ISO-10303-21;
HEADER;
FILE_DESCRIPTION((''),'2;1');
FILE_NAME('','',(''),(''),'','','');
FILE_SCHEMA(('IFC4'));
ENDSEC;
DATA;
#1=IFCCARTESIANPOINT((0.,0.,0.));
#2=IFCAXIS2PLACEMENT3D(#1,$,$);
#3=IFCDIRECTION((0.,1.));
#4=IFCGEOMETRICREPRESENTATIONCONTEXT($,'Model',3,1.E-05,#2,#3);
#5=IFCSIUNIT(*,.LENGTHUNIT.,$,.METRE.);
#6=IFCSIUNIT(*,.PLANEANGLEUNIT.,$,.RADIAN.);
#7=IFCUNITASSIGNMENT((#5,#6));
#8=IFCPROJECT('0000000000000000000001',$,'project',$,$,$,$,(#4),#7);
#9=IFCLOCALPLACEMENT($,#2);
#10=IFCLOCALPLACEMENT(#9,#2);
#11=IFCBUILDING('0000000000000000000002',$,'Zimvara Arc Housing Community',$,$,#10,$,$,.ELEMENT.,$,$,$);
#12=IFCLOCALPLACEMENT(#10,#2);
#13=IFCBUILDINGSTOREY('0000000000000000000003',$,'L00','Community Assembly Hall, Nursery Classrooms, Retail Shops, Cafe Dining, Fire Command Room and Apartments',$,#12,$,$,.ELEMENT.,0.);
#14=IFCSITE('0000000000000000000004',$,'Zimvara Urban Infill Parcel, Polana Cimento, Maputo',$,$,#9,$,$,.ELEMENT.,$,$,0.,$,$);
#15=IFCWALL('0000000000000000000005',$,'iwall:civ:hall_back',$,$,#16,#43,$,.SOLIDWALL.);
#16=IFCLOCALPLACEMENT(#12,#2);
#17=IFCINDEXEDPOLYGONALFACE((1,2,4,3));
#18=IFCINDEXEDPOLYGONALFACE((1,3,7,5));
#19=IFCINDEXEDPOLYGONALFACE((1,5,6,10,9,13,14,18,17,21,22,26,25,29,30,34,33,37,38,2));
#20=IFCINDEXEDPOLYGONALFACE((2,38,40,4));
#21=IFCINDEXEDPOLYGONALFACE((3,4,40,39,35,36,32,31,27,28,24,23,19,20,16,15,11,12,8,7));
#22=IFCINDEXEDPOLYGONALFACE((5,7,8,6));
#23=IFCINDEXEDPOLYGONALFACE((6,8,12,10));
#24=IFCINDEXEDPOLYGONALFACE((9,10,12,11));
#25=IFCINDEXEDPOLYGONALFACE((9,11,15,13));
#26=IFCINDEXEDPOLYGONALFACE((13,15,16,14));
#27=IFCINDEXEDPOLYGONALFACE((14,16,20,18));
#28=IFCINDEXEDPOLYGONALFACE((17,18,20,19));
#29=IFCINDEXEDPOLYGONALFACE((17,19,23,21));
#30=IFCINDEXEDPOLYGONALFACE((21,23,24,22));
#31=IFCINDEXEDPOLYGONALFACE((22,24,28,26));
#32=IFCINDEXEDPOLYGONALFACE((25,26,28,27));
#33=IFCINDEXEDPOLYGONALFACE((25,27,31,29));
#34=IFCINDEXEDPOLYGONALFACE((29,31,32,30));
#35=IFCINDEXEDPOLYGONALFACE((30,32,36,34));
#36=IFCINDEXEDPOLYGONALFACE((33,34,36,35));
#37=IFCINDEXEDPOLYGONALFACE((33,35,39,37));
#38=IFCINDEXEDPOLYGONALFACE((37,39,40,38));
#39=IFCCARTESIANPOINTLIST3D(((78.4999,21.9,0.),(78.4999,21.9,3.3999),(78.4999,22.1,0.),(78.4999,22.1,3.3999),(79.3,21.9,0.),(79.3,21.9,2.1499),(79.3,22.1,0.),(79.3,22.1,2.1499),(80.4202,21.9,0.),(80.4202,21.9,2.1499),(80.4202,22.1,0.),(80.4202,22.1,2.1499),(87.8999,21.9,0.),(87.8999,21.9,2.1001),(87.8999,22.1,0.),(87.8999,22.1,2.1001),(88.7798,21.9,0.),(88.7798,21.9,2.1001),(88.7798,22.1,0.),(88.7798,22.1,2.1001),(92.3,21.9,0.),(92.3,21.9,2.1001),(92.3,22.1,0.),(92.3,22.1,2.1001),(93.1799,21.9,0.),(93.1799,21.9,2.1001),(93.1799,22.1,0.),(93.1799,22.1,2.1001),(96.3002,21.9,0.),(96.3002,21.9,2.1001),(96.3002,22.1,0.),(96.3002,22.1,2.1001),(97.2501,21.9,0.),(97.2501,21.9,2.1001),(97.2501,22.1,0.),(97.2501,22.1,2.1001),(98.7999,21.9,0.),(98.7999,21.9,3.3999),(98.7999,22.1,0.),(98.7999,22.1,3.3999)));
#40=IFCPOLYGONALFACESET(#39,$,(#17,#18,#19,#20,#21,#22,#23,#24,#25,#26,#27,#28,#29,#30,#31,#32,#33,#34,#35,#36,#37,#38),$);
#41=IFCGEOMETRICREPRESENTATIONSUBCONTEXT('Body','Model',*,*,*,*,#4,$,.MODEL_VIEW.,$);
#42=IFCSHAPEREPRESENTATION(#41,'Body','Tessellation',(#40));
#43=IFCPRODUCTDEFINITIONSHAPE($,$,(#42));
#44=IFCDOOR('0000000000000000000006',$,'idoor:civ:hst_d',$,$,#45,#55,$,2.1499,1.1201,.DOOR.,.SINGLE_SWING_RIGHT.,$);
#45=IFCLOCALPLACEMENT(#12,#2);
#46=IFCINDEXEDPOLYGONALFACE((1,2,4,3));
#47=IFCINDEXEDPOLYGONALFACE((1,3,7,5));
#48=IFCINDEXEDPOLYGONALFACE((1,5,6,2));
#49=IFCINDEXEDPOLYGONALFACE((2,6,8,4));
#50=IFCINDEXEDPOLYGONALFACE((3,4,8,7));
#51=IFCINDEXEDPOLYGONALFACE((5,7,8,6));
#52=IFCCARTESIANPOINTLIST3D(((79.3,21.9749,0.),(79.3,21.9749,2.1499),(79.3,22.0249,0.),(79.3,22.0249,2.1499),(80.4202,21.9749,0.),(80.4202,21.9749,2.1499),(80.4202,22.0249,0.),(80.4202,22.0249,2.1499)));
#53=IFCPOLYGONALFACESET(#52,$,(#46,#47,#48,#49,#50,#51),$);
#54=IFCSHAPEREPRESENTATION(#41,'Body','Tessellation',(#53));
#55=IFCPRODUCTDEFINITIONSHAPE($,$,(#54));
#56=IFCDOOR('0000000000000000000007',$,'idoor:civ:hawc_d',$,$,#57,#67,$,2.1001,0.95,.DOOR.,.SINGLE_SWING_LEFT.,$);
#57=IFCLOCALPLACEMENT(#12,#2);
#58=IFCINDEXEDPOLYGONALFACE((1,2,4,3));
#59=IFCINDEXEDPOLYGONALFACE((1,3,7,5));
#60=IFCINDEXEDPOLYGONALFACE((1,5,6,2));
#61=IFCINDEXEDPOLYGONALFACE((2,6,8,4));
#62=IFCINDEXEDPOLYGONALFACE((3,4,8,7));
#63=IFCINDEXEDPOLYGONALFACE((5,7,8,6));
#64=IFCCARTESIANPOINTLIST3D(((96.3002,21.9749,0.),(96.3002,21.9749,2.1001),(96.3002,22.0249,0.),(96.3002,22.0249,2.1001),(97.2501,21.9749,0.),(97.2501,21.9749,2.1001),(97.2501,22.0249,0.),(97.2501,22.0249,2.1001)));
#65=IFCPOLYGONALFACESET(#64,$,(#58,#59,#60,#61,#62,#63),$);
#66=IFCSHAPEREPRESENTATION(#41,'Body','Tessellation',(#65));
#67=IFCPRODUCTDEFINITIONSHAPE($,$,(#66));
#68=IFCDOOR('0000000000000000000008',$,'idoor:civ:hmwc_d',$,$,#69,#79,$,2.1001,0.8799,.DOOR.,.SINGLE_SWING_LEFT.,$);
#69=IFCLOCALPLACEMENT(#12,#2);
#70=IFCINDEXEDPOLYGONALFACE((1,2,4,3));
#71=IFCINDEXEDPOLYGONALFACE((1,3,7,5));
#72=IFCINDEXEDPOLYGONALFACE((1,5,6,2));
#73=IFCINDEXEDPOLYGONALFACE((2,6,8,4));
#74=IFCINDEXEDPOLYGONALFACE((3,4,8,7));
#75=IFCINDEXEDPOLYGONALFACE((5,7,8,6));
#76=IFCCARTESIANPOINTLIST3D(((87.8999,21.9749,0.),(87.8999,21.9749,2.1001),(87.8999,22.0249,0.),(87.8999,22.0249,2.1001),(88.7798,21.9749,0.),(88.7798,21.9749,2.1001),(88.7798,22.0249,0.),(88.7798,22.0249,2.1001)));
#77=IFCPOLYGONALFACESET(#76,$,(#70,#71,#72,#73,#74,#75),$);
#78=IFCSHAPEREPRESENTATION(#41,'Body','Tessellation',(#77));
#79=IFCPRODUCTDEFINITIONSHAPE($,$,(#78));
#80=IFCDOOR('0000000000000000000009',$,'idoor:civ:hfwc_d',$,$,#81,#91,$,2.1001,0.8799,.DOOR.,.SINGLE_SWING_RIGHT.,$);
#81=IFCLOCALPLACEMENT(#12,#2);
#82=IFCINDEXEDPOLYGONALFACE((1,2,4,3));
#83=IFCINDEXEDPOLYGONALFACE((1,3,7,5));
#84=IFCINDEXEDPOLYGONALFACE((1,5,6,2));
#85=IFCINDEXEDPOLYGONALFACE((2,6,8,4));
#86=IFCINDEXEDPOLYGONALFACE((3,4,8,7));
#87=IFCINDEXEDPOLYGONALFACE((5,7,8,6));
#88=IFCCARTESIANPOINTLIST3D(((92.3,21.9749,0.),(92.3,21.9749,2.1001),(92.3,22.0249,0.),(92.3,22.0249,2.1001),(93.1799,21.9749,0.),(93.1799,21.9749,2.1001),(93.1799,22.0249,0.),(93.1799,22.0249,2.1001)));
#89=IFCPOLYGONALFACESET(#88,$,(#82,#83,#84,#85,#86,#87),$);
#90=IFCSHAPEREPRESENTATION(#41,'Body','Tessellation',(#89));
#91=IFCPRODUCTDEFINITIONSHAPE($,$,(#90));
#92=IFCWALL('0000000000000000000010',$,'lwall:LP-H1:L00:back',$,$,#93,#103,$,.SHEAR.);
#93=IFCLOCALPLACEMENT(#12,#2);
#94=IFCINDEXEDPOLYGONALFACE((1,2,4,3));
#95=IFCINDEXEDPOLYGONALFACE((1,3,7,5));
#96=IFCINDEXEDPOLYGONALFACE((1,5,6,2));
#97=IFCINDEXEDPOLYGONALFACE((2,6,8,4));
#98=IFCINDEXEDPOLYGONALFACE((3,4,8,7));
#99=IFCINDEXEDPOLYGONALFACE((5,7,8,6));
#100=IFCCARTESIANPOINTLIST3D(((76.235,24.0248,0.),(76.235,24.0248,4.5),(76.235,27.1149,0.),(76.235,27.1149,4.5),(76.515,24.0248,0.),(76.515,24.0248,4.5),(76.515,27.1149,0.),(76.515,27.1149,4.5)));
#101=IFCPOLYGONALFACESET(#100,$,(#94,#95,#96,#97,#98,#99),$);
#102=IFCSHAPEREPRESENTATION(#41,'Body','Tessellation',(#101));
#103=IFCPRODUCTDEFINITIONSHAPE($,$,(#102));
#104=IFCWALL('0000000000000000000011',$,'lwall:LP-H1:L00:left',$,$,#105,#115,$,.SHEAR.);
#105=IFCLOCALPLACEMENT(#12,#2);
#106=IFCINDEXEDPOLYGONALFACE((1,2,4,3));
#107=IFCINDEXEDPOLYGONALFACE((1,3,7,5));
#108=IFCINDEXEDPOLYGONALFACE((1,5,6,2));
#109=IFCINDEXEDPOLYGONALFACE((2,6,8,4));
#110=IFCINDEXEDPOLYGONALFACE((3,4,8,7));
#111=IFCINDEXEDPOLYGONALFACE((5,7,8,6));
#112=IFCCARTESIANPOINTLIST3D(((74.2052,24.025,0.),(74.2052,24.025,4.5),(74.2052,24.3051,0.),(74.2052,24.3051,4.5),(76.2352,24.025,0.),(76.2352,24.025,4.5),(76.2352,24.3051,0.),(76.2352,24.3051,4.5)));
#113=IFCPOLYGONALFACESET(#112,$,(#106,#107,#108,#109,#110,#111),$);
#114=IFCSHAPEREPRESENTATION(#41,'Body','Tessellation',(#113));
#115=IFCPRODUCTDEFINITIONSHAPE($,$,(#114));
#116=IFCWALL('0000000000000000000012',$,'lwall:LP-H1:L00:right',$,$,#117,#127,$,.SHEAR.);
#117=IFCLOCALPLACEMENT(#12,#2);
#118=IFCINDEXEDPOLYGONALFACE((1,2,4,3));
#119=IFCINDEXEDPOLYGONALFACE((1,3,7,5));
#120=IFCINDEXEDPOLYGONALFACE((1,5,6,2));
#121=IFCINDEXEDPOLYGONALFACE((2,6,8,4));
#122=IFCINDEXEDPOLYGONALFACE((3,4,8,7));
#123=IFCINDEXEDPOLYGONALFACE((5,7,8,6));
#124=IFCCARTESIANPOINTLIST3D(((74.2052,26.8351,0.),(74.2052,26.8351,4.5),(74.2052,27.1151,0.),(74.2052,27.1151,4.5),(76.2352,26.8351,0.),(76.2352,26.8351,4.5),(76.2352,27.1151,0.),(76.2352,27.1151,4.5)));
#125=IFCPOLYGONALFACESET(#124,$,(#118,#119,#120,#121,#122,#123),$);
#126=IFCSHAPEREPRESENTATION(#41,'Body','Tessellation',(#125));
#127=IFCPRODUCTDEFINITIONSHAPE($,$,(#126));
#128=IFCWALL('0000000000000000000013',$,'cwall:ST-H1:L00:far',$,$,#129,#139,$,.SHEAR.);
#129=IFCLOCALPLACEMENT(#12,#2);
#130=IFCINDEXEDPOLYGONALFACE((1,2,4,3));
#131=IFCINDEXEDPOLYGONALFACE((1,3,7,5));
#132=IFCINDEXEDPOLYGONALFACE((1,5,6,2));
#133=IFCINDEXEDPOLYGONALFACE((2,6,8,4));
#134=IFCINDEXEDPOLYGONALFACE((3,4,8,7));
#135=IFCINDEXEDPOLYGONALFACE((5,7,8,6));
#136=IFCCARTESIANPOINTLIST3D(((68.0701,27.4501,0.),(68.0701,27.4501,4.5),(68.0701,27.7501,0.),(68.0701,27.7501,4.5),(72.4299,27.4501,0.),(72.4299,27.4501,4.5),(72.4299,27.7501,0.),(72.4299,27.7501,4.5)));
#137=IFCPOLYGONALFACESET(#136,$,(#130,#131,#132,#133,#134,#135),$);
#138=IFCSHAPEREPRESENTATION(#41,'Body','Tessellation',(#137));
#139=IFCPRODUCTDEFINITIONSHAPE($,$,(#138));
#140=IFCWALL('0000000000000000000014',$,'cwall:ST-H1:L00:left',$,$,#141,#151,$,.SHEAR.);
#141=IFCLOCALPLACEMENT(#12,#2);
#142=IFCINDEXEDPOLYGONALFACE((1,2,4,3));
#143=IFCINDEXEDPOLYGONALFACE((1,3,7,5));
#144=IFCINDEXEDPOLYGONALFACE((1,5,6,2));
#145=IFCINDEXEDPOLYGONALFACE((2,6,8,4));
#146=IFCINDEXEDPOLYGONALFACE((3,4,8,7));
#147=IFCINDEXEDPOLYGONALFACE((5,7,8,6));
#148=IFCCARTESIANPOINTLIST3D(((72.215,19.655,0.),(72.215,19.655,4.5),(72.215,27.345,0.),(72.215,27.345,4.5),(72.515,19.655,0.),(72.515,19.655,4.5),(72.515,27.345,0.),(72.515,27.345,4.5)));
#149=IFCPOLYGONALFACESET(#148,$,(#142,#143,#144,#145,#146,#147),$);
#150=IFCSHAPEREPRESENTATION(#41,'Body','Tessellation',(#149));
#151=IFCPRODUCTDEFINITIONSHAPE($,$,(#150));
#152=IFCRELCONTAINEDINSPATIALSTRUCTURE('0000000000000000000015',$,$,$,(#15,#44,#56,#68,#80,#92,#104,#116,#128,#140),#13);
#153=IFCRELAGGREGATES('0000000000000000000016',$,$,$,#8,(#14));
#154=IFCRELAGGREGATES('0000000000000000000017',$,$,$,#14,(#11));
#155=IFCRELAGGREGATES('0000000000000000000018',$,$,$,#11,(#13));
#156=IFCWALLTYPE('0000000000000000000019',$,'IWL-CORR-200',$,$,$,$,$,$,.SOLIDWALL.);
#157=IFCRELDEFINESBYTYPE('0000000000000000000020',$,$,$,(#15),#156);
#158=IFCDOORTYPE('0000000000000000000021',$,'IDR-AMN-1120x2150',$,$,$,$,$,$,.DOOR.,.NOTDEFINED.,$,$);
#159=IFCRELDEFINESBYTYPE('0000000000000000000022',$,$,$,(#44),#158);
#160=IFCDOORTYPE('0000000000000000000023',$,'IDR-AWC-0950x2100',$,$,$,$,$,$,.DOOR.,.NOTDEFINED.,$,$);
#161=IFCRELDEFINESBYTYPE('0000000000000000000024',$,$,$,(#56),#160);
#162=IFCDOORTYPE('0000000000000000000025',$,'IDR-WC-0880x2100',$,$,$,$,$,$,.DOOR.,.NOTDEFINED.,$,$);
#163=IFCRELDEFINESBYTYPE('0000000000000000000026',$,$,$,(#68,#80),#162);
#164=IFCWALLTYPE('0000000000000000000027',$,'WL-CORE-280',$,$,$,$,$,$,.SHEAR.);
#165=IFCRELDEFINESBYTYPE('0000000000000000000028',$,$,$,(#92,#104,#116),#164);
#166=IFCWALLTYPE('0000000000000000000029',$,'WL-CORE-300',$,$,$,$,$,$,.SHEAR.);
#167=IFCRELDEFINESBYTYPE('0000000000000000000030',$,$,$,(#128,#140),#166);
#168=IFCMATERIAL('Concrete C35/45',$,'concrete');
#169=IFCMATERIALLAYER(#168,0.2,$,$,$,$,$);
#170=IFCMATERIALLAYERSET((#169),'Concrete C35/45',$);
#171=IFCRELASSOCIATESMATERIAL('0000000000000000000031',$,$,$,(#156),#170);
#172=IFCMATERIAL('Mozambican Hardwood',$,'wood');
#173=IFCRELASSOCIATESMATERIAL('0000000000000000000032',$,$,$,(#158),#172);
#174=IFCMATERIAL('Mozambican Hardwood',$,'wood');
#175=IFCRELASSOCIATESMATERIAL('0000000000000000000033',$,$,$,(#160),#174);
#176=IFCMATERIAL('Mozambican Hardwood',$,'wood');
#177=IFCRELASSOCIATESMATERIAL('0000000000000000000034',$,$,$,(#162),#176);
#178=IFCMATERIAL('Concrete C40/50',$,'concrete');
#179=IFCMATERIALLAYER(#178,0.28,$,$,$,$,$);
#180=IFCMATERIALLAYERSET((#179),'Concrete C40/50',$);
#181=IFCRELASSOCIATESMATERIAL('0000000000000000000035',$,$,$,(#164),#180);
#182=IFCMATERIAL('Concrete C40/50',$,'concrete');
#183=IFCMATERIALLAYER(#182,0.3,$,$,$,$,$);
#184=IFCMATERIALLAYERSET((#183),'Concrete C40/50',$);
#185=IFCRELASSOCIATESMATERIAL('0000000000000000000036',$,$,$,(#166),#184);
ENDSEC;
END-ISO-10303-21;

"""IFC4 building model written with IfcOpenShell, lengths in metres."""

from ifc_helpers import new_model, si_unit, direction, frame, frame_2d, origin, place, context, subcontext, project, spatial, rectangle, extrude, material, layer, layer_set, type_object, element, fill, save


model = new_model("IFC4")

# Units and contexts
model_context = context("Model", 3, precision=1e-05, world=origin(), true_north=direction((0.0, 1.0)))
body_context = subcontext(model_context, "Body", "Model", "MODEL_VIEW")
ifc_project = project(units=[si_unit("LENGTHUNIT", "METRE"), si_unit("PLANEANGLEUNIT", "RADIAN")], contexts=[model_context])

# Site, building, storey
site_placement = place(None, origin())
site = spatial("IfcSite", under=ifc_project, at=site_placement, Name="Zimvara Urban Infill Parcel, Polana Cimento, Maputo", CompositionType="ELEMENT", RefElevation=0.0)
building_placement = place(site_placement, origin())
building = spatial("IfcBuilding", under=site, at=building_placement, Name="Zimvara Arc Housing Community", CompositionType="ELEMENT")
storey_placement = place(building_placement, origin())
storey = spatial("IfcBuildingStorey", under=building, at=storey_placement, Name="L00", Description="Community Assembly Hall, Nursery Classrooms, Retail Shops, Cafe Dining, Fire Command Room and Apartments", CompositionType="ELEMENT", Elevation=0.0)

# Wall, openings, doors
ifc_material_1 = material(Name="Concrete C35/45", Category="concrete")
ifc_layer_1 = layer(ifc_material_1, 0.2)
ifc_layer_set_1 = layer_set([ifc_layer_1], Name="Concrete C35/45")
wall_type_1 = type_object("IfcWallType", Name="IWL-CORR-200", PredefinedType="SOLIDWALL", material=ifc_layer_set_1)
wall_1_placement = place(storey_placement, frame((78.5, 22.0, 0.0), z_axis=(0.0, 0.0, 1.0), x_axis=(1.0, 0.0, 0.0)))
wall_1 = element("IfcWall", 1, at=wall_1_placement, inside=storey, type_object=wall_type_1, Name="iwall:civ:hall_back", PredefinedType="SOLIDWALL", context=body_context, shape_type="SweptSolid", body=[
    extrude(rectangle(XDim=20.3, YDim=0.2, at=frame_2d((10.1499, 0.0))), origin(), (0.0, 0.0, 1.0), 3.3999),
])
opening_1_placement = place(wall_1_placement, frame((0.8, 0.0, 0.0)))
opening_1 = element("IfcOpeningElement", 2, at=opening_1_placement, cuts=wall_1, PredefinedType="OPENING", context=body_context, shape_type="SweptSolid", body=[
    extrude(rectangle(XDim=1.1201, YDim=2.1499, at=frame_2d((0.5601, 1.075))), frame((0.0, 0.1099, 0.0), z_axis=(0.0, -1.0, 0.0), x_axis=(1.0, 0.0, 0.0)), (0.0, 0.0, 1.0), 0.22),
])
opening_2_placement = place(wall_1_placement, frame((9.3999, 0.0, 0.0)))
opening_2 = element("IfcOpeningElement", 3, at=opening_2_placement, cuts=wall_1, PredefinedType="OPENING", context=body_context, shape_type="SweptSolid", body=[
    extrude(rectangle(XDim=0.8799, YDim=2.1001, at=frame_2d((0.4399, 1.05))), frame((0.0, 0.1099, 0.0), z_axis=(0.0, -1.0, 0.0), x_axis=(1.0, 0.0, 0.0)), (0.0, 0.0, 1.0), 0.22),
])
opening_3_placement = place(wall_1_placement, frame((13.8, 0.0, 0.0)))
opening_3 = element("IfcOpeningElement", 4, at=opening_3_placement, cuts=wall_1, PredefinedType="OPENING", context=body_context, shape_type="SweptSolid", body=[
    extrude(rectangle(XDim=0.8799, YDim=2.1001, at=frame_2d((0.4399, 1.05))), frame((0.0, 0.1099, 0.0), z_axis=(0.0, -1.0, 0.0), x_axis=(1.0, 0.0, 0.0)), (0.0, 0.0, 1.0), 0.22),
])
opening_4_placement = place(wall_1_placement, frame((17.8, 0.0, 0.0)))
opening_4 = element("IfcOpeningElement", 5, at=opening_4_placement, cuts=wall_1, PredefinedType="OPENING", context=body_context, shape_type="SweptSolid", body=[
    extrude(rectangle(XDim=0.95, YDim=2.1001, at=frame_2d((0.4751, 1.05))), frame((0.0, 0.1099, 0.0), z_axis=(0.0, -1.0, 0.0), x_axis=(1.0, 0.0, 0.0)), (0.0, 0.0, 1.0), 0.22),
])
ifc_material_2 = material(Name="Mozambican Hardwood", Category="wood")
door_type_1 = type_object("IfcDoorType", Name="IDR-AMN-1120x2150", OperationType="NOTDEFINED", PredefinedType="DOOR", material=ifc_material_2)
door_1_placement = place(opening_1_placement, origin())
door_1 = element("IfcDoor", 6, at=door_1_placement, inside=storey, type_object=door_type_1, Name="idoor:civ:hst_d", OperationType="SINGLE_SWING_RIGHT", OverallHeight=2.1499, OverallWidth=1.1201, PredefinedType="DOOR", context=body_context, shape_type="SweptSolid", body=[
    extrude(rectangle(XDim=1.1201, YDim=2.1499, at=frame_2d((0.5601, 1.075))), frame((0.0, 0.0249, 0.0), z_axis=(0.0, -1.0, 0.0), x_axis=(1.0, 0.0, 0.0)), (0.0, 0.0, 1.0), 0.05),
])
fill(opening_1, door_1)
ifc_material_3 = material(Name="Mozambican Hardwood", Category="wood")
door_type_2 = type_object("IfcDoorType", Name="IDR-AWC-0950x2100", OperationType="NOTDEFINED", PredefinedType="DOOR", material=ifc_material_3)
door_2_placement = place(opening_4_placement, origin())
door_2 = element("IfcDoor", 7, at=door_2_placement, inside=storey, type_object=door_type_2, Name="idoor:civ:hawc_d", OperationType="SINGLE_SWING_LEFT", OverallHeight=2.1001, OverallWidth=0.95, PredefinedType="DOOR", context=body_context, shape_type="SweptSolid", body=[
    extrude(rectangle(XDim=0.95, YDim=2.1001, at=frame_2d((0.4751, 1.05))), frame((0.0, 0.0249, 0.0), z_axis=(0.0, -1.0, 0.0), x_axis=(1.0, 0.0, 0.0)), (0.0, 0.0, 1.0), 0.05),
])
fill(opening_4, door_2)
ifc_material_4 = material(Name="Mozambican Hardwood", Category="wood")
door_type_3 = type_object("IfcDoorType", Name="IDR-WC-0880x2100", OperationType="NOTDEFINED", PredefinedType="DOOR", material=ifc_material_4)
door_3_placement = place(opening_2_placement, origin())
door_3 = element("IfcDoor", 8, at=door_3_placement, inside=storey, type_object=door_type_3, Name="idoor:civ:hmwc_d", OperationType="SINGLE_SWING_LEFT", OverallHeight=2.1001, OverallWidth=0.8799, PredefinedType="DOOR", context=body_context, shape_type="SweptSolid", body=[
    extrude(rectangle(XDim=0.8799, YDim=2.1001, at=frame_2d((0.4399, 1.05))), frame((0.0, 0.0249, 0.0), z_axis=(0.0, -1.0, 0.0), x_axis=(1.0, 0.0, 0.0)), (0.0, 0.0, 1.0), 0.05),
])
fill(opening_2, door_3)
door_4_placement = place(opening_3_placement, origin())
door_4 = element("IfcDoor", 9, at=door_4_placement, inside=storey, type_object=door_type_3, Name="idoor:civ:hfwc_d", OperationType="SINGLE_SWING_RIGHT", OverallHeight=2.1001, OverallWidth=0.8799, PredefinedType="DOOR", context=body_context, shape_type="SweptSolid", body=[
    extrude(rectangle(XDim=0.8799, YDim=2.1001, at=frame_2d((0.4399, 1.05))), frame((0.0, 0.0249, 0.0), z_axis=(0.0, -1.0, 0.0), x_axis=(1.0, 0.0, 0.0)), (0.0, 0.0, 1.0), 0.05),
])
fill(opening_3, door_4)

# Shared definitions
ifc_material_5 = material(Name="Concrete C40/50", Category="concrete")
ifc_layer_2 = layer(ifc_material_5, 0.28)
ifc_layer_set_2 = layer_set([ifc_layer_2], Name="Concrete C40/50")
wall_type_2 = type_object("IfcWallType", Name="WL-CORE-280", PredefinedType="SHEAR", material=ifc_layer_set_2)

# Walls
wall_2_placement = place(storey_placement, frame((76.375, 24.0249, 0.0), z_axis=(0.0, 0.0, 1.0), x_axis=(0.0, 1.0, 0.0)))
element("IfcWall", 10, at=wall_2_placement, inside=storey, type_object=wall_type_2, Name="lwall:LP-H1:L00:back", PredefinedType="SHEAR", context=body_context, shape_type="SweptSolid", body=[
    extrude(rectangle(XDim=3.0901, YDim=0.28, at=frame_2d((1.5449, 0.0))), origin(), (0.0, 0.0, 1.0), 4.5),
])
for number, where, z_axis, x_axis, name in (
    (11, (74.2051, 24.165, 0.0), (0.0, 0.0, 1.0), (1.0, 0.0, 0.0), "lwall:LP-H1:L00:left"),
    (12, (74.2051, 26.9751, 0.0), (0.0, 0.0, 1.0), (1.0, 0.0, 0.0), "lwall:LP-H1:L00:right"),
):
    element("IfcWall", number, at=place(storey_placement, frame(where, z_axis=z_axis, x_axis=x_axis)), inside=storey, type_object=wall_type_2, Name=name, PredefinedType="SHEAR", context=body_context, shape_type="SweptSolid", body=[
        extrude(rectangle(XDim=2.03, YDim=0.28, at=frame_2d((1.0151, 0.0))), origin(), (0.0, 0.0, 1.0), 4.5),
    ])

# Shared definitions
ifc_material_6 = material(Name="Concrete C40/50", Category="concrete")
ifc_layer_3 = layer(ifc_material_6, 0.3)
ifc_layer_set_3 = layer_set([ifc_layer_3], Name="Concrete C40/50")
wall_type_3 = type_object("IfcWallType", Name="WL-CORE-300", PredefinedType="SHEAR", material=ifc_layer_set_3)

# Walls
wall_3_placement = place(storey_placement, frame((72.4299, 27.6001, 0.0), z_axis=(0.0, 0.0, 1.0), x_axis=(-1.0, 0.0, 0.0)))
element("IfcWall", 13, at=wall_3_placement, inside=storey, type_object=wall_type_3, Name="cwall:ST-H1:L00:far", PredefinedType="SHEAR", context=body_context, shape_type="SweptSolid", body=[
    extrude(rectangle(XDim=4.3599, YDim=0.3, at=frame_2d((2.1799, 0.0))), origin(), (0.0, 0.0, 1.0), 4.5),
])
wall_4_placement = place(storey_placement, frame((72.365, 19.655, 0.0), z_axis=(0.0, 0.0, 1.0), x_axis=(0.0, 1.0, 0.0)))
element("IfcWall", 14, at=wall_4_placement, inside=storey, type_object=wall_type_3, Name="cwall:ST-H1:L00:left", PredefinedType="SHEAR", context=body_context, shape_type="SweptSolid", body=[
    extrude(rectangle(XDim=7.6899, YDim=0.3, at=frame_2d((3.845, 0.0))), origin(), (0.0, 0.0, 1.0), 4.5),
])

save(model, "model.ifc")
